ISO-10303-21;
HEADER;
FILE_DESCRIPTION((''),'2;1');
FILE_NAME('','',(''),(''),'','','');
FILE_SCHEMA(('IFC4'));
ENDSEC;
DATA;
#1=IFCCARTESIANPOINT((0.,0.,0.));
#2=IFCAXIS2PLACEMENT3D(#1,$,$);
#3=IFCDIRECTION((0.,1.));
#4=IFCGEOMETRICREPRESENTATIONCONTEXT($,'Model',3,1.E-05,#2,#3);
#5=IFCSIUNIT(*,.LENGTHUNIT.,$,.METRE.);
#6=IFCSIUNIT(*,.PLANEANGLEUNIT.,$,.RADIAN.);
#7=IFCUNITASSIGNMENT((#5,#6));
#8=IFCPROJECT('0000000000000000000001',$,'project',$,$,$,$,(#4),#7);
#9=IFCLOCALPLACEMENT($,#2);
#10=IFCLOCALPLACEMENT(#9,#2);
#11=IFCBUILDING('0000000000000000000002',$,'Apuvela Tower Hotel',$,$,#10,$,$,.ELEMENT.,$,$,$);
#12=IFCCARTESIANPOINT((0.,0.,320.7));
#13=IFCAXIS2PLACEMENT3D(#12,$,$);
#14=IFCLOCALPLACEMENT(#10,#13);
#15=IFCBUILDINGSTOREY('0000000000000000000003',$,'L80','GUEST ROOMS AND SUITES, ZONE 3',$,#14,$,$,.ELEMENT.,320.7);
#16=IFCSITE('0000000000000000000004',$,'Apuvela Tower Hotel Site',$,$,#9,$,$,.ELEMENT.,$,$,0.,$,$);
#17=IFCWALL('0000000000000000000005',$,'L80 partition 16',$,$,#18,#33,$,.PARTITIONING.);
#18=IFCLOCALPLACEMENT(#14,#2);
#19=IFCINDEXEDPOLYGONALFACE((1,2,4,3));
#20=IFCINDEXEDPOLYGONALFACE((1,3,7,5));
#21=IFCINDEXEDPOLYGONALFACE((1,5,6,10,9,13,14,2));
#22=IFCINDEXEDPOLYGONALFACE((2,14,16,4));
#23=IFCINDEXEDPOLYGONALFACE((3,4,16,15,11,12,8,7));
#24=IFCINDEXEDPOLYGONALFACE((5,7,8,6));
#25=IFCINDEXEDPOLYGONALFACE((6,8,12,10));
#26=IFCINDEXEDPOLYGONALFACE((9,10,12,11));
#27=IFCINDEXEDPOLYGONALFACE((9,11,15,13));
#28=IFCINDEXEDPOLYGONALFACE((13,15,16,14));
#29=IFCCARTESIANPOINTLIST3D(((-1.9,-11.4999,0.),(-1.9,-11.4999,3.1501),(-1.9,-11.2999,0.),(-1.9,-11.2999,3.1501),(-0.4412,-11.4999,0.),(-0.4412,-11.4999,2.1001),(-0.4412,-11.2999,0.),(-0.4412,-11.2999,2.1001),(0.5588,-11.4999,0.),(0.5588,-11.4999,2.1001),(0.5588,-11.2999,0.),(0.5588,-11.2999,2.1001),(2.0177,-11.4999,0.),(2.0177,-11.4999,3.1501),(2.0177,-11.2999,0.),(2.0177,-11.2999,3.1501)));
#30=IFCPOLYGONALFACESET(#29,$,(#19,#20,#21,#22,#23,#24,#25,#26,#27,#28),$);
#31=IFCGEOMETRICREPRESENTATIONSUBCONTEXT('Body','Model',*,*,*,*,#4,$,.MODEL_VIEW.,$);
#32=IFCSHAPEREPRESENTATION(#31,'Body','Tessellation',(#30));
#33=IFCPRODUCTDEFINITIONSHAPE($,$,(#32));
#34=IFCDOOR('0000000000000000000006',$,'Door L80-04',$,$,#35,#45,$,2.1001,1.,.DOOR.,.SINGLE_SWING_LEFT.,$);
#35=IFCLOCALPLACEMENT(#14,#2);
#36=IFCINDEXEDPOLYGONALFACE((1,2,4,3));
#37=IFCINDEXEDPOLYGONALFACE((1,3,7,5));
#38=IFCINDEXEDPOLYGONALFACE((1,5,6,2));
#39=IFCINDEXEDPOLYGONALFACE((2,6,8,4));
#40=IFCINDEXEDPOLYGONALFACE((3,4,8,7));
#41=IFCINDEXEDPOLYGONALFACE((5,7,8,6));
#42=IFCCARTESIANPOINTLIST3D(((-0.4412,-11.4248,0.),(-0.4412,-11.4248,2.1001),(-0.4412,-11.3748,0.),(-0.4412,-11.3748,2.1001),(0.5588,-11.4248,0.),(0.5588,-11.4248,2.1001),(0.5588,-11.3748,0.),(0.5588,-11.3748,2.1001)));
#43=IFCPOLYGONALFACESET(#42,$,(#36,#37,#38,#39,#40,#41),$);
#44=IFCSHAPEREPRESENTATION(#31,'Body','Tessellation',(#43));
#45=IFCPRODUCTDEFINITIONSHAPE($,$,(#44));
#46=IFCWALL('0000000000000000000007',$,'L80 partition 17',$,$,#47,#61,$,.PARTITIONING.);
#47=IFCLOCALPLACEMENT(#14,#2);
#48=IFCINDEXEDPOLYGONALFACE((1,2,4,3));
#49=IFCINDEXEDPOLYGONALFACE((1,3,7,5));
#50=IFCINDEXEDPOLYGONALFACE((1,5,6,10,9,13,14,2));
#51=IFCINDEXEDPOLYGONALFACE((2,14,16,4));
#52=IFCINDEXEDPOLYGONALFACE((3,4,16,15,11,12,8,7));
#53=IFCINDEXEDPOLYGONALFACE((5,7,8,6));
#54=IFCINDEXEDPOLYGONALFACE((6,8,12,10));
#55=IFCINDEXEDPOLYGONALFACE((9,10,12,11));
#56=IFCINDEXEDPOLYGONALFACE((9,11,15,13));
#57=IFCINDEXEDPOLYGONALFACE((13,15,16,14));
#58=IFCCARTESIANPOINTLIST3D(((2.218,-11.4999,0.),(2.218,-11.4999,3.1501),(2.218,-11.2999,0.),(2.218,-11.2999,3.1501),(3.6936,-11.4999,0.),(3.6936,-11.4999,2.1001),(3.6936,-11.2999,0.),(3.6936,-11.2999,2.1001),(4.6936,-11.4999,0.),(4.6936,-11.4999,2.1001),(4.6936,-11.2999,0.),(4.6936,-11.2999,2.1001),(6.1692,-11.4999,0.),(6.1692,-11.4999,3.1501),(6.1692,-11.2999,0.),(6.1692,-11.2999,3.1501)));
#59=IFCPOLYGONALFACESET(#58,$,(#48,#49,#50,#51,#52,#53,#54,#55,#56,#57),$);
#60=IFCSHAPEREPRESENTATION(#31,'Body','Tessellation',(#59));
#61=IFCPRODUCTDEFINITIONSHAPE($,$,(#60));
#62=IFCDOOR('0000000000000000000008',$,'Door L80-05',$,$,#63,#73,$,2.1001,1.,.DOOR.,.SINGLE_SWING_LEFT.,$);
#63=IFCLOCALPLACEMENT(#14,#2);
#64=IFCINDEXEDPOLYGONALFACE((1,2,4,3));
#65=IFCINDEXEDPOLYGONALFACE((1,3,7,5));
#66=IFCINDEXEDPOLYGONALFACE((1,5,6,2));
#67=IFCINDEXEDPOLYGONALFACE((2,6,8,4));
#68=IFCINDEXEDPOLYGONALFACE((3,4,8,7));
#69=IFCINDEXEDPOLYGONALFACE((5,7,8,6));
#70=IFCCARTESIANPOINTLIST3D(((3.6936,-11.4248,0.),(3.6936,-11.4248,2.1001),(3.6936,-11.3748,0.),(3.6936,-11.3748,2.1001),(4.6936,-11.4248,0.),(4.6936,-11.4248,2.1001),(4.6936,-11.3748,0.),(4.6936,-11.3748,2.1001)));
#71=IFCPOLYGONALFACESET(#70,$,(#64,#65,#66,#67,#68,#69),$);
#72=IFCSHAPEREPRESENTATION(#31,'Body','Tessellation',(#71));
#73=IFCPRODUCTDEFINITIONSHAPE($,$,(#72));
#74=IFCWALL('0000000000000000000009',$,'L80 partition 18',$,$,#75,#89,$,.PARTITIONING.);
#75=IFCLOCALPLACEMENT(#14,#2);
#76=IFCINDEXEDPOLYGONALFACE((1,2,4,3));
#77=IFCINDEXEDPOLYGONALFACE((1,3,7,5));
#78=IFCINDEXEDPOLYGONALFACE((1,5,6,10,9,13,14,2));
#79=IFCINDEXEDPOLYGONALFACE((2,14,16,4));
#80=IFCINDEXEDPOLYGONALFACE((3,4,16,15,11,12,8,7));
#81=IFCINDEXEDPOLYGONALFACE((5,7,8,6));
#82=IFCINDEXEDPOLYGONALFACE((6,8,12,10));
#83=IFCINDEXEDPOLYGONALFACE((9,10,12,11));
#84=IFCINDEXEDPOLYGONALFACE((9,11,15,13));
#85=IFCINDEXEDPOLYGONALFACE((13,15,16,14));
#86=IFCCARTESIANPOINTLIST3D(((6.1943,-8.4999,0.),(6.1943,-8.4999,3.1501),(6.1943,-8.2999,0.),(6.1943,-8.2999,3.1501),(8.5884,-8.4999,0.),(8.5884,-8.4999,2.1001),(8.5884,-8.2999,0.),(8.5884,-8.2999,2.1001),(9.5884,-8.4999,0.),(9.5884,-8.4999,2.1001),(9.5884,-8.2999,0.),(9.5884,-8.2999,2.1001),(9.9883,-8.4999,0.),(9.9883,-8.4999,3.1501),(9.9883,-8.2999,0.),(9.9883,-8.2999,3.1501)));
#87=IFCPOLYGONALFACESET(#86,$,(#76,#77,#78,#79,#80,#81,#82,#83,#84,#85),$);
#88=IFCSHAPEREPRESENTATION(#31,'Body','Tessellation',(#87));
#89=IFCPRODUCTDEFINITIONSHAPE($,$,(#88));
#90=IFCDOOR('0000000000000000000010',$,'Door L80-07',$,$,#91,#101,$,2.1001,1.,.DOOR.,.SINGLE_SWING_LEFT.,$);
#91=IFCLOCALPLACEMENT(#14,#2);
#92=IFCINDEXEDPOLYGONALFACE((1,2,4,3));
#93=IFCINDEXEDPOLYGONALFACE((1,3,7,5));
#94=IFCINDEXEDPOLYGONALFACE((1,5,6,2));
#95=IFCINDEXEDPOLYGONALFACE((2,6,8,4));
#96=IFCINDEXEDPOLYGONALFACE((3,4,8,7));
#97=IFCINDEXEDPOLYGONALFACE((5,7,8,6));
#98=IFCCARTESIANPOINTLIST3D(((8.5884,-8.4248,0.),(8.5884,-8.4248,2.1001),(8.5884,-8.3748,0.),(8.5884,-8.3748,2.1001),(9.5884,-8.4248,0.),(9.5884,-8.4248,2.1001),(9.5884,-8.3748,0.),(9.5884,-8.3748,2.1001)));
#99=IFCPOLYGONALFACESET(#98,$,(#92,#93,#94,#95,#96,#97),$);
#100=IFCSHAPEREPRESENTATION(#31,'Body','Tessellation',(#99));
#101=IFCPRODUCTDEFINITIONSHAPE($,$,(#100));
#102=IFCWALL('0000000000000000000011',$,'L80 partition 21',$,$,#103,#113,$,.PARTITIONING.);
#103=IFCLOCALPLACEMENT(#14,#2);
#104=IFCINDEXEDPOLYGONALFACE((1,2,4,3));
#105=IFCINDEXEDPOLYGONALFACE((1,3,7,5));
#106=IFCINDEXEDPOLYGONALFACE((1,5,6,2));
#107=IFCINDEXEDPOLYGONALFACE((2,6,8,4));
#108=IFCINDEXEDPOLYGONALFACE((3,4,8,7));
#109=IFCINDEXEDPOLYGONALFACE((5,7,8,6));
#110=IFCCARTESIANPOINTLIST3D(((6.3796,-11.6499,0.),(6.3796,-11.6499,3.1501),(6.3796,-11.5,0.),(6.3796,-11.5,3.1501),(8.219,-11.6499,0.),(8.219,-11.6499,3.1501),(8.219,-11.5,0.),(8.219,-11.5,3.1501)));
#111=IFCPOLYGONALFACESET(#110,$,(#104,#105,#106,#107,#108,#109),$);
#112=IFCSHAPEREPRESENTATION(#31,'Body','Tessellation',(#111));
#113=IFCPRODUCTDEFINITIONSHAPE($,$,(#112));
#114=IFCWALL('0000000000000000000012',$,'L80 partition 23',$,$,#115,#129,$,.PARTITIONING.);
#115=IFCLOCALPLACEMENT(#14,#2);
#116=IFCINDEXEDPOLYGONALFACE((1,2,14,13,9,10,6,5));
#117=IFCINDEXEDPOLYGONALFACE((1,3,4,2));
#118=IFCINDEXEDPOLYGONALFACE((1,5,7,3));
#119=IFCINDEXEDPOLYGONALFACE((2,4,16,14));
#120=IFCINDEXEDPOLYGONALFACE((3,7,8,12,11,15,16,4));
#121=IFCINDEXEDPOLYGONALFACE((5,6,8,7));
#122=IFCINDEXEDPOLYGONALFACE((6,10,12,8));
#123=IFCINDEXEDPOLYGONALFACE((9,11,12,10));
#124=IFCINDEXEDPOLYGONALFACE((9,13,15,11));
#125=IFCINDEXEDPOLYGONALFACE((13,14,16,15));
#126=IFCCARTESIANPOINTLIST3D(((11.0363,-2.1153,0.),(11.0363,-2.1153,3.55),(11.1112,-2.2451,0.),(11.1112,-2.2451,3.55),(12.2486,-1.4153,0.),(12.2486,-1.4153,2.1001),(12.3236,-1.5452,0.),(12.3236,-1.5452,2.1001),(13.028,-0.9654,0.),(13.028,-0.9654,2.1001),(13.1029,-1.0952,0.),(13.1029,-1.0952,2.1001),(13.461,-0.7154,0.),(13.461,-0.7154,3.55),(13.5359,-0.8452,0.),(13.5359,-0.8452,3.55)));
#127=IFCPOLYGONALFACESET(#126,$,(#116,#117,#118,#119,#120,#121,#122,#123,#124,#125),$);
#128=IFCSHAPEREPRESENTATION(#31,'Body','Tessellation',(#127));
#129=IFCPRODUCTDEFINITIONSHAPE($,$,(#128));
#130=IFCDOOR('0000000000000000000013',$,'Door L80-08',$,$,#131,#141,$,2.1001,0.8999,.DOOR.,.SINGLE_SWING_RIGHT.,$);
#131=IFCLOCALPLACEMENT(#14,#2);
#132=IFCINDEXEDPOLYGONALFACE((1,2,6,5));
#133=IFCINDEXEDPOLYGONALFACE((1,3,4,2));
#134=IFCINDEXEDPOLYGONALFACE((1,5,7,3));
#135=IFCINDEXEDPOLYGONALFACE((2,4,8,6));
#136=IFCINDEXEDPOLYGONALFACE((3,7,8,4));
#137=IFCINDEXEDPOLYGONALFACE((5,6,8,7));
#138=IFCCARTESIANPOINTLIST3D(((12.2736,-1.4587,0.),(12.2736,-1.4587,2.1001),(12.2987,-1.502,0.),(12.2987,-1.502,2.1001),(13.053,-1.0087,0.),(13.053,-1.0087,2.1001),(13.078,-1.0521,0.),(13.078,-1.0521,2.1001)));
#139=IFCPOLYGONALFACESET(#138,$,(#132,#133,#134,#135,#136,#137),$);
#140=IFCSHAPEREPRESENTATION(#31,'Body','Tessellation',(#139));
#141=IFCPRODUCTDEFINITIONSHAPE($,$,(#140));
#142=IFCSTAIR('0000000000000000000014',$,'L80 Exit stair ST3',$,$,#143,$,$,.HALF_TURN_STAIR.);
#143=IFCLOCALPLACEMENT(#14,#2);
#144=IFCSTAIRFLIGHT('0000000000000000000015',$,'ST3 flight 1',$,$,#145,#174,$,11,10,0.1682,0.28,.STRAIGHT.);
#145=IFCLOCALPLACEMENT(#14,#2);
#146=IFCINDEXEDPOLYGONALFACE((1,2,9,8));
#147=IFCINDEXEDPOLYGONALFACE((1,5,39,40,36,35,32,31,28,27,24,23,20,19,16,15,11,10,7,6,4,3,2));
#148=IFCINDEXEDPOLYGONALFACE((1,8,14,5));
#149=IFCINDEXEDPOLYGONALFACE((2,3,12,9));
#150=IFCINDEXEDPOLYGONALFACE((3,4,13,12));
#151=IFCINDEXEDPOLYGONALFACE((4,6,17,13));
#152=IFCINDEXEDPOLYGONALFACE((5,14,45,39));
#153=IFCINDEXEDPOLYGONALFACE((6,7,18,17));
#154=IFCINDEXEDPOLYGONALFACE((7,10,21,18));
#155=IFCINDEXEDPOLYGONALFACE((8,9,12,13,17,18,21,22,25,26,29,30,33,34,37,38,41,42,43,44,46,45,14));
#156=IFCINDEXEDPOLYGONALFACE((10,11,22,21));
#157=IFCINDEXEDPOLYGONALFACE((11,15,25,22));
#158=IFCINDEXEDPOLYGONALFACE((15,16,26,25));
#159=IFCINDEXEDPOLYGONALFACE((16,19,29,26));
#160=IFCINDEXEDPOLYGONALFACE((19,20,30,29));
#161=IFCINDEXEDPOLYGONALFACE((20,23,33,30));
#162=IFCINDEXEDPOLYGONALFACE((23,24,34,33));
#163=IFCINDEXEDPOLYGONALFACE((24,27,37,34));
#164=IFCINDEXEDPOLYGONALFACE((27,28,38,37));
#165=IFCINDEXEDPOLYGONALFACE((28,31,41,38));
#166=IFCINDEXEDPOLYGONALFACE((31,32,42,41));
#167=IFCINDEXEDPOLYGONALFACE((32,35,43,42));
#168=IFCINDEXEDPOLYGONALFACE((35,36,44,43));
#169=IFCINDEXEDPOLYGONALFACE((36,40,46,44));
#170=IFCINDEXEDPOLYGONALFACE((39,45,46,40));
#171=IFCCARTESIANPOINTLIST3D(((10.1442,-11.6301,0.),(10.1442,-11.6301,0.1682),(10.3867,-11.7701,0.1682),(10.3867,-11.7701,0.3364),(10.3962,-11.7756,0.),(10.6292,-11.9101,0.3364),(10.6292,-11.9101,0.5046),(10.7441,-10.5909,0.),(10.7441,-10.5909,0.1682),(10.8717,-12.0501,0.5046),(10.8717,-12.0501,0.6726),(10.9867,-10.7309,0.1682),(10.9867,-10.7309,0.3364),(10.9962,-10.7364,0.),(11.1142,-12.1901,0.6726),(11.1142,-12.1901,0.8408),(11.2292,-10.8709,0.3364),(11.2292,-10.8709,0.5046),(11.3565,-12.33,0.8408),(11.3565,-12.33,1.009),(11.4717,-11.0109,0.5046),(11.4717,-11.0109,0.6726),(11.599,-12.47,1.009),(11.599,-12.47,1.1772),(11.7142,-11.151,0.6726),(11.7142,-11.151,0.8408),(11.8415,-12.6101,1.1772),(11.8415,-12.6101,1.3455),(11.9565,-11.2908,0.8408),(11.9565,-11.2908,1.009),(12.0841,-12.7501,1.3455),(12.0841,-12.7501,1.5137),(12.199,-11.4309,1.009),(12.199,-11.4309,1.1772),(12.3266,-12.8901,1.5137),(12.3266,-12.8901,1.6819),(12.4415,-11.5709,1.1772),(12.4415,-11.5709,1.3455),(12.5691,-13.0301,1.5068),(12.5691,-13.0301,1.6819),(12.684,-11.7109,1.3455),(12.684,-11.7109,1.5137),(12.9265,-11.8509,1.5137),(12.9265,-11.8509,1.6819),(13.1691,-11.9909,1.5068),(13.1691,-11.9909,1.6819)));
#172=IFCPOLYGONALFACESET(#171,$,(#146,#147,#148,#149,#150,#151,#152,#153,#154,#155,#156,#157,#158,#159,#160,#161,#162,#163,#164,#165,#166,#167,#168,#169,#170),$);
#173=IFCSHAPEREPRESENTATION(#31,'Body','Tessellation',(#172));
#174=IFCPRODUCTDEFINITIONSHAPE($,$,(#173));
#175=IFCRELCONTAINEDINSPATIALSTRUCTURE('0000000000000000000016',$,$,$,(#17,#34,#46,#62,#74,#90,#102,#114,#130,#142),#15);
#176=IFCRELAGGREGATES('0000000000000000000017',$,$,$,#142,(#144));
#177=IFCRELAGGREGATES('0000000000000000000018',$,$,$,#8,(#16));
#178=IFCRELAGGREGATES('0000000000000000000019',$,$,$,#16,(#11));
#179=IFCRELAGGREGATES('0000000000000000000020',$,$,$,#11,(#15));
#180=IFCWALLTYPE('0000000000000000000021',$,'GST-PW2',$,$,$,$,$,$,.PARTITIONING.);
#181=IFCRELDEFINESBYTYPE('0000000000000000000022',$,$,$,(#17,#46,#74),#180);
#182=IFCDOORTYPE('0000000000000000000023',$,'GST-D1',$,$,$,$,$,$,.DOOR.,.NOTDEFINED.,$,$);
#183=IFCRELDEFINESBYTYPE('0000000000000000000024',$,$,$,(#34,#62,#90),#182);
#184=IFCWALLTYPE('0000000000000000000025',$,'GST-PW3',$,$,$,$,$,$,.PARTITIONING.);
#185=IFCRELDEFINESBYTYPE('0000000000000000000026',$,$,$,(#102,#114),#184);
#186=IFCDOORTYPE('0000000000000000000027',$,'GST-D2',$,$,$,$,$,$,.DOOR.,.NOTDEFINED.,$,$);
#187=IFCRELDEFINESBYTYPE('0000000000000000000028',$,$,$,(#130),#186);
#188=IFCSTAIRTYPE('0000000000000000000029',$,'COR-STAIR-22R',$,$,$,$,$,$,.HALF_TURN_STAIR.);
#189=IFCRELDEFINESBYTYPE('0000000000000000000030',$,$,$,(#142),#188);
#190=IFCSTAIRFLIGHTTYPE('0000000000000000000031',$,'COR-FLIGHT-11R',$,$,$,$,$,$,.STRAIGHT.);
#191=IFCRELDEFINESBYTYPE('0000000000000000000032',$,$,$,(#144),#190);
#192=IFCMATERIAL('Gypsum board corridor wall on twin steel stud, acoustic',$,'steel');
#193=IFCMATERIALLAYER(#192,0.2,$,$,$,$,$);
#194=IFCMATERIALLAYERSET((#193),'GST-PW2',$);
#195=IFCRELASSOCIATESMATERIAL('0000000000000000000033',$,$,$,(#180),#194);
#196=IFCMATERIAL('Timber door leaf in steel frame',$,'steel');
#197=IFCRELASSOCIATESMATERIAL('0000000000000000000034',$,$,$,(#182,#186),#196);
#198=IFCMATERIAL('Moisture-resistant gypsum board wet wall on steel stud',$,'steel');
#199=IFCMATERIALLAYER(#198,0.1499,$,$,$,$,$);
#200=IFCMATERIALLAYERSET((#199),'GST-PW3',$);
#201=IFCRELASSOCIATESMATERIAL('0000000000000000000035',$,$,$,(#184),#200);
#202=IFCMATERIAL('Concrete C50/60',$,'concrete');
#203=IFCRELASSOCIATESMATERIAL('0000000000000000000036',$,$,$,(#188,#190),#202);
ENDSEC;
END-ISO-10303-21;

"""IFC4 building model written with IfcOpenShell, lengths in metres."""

from ifc_helpers import new_model, si_unit, direction, frame, frame_2d, origin, place, context, subcontext, project, spatial, polyline, rectangle, outline, extrude, material, layer, layer_set, type_object, element, fill, aggregate, save


model = new_model("IFC4")

# Units and contexts
model_context = context("Model", 3, precision=1e-05, world=origin(), true_north=direction((0.0, 1.0)))
body_context = subcontext(model_context, "Body", "Model", "MODEL_VIEW")
ifc_project = project(units=[si_unit("LENGTHUNIT", "METRE"), si_unit("PLANEANGLEUNIT", "RADIAN")], contexts=[model_context])

# Site, building, storey
site_placement = place(None, origin())
site = spatial("IfcSite", under=ifc_project, at=site_placement, Name="Apuvela Tower Hotel Site", CompositionType="ELEMENT", RefElevation=0.0)
building_placement = place(site_placement, origin())
building = spatial("IfcBuilding", under=site, at=building_placement, Name="Apuvela Tower Hotel", CompositionType="ELEMENT")
storey_placement = place(building_placement, frame((0.0, 0.0, 320.7)))
storey = spatial("IfcBuildingStorey", under=building, at=storey_placement, Name="L80", Description="GUEST ROOMS AND SUITES, ZONE 3", CompositionType="ELEMENT", Elevation=320.7)

# Shared definitions
ifc_material_1 = material(Name="Concrete C50/60", Category="concrete")

# Walls, openings, doors
ifc_material_2 = material(Name="Gypsum board corridor wall on twin steel stud, acoustic", Category="steel")
ifc_layer_1 = layer(ifc_material_2, 0.2)
ifc_layer_set_1 = layer_set([ifc_layer_1], Name="GST-PW2")
wall_type_1 = type_object("IfcWallType", Name="GST-PW2", PredefinedType="PARTITIONING", material=ifc_layer_set_1)
wall_1_placement = place(storey_placement, frame((2.0178, -11.3999, 0.0), z_axis=(0.0, 0.0, 1.0), x_axis=(-1.0, 0.0, 0.0)))
wall_1 = element("IfcWall", 1, at=wall_1_placement, inside=storey, type_object=wall_type_1, Name="L80 partition 16", PredefinedType="PARTITIONING", context=body_context, shape_type="SweptSolid", body=[
    extrude(rectangle(XDim=3.9177, YDim=0.2, at=frame_2d((1.959, 0.0))), origin(), (0.0, 0.0, 1.0), 3.1501),
])
opening_1_placement = place(wall_1_placement, frame((1.459, 0.0, 0.0)))
opening_1 = element("IfcOpeningElement", 2, at=opening_1_placement, cuts=wall_1, PredefinedType="OPENING", context=body_context, shape_type="SweptSolid", body=[
    extrude(rectangle(XDim=1.0, YDim=2.1001, at=frame_2d((0.5, 1.05))), frame((0.0, 0.1099, 0.0), z_axis=(0.0, -1.0, 0.0), x_axis=(1.0, 0.0, 0.0)), (0.0, 0.0, 1.0), 0.22),
])
ifc_material_3 = material(Name="Timber door leaf in steel frame", Category="steel")
door_type_1 = type_object("IfcDoorType", Name="GST-D1", OperationType="NOTDEFINED", PredefinedType="DOOR", material=ifc_material_3)
door_1_placement = place(opening_1_placement, origin())
door_1 = element("IfcDoor", 3, at=door_1_placement, inside=storey, type_object=door_type_1, Name="Door L80-04", OperationType="SINGLE_SWING_LEFT", OverallHeight=2.1001, OverallWidth=1.0, PredefinedType="DOOR", context=body_context, shape_type="SweptSolid", body=[
    extrude(rectangle(XDim=1.0, YDim=2.1001, at=frame_2d((0.5, 1.05))), frame((0.0, 0.0249, 0.0), z_axis=(0.0, -1.0, 0.0), x_axis=(1.0, 0.0, 0.0)), (0.0, 0.0, 1.0), 0.05),
])
fill(opening_1, door_1)
wall_2_placement = place(storey_placement, frame((6.1692, -11.3999, 0.0), z_axis=(0.0, 0.0, 1.0), x_axis=(-1.0, 0.0, 0.0)))
wall_2 = element("IfcWall", 4, at=wall_2_placement, inside=storey, type_object=wall_type_1, Name="L80 partition 17", PredefinedType="PARTITIONING", context=body_context, shape_type="SweptSolid", body=[
    extrude(rectangle(XDim=3.9512, YDim=0.2, at=frame_2d((1.9756, 0.0))), origin(), (0.0, 0.0, 1.0), 3.1501),
])
opening_2_placement = place(wall_2_placement, frame((1.4756, 0.0, 0.0)))
opening_2 = element("IfcOpeningElement", 5, at=opening_2_placement, cuts=wall_2, PredefinedType="OPENING", context=body_context, shape_type="SweptSolid", body=[
    extrude(rectangle(XDim=1.0, YDim=2.1001, at=frame_2d((0.5, 1.05))), frame((0.0, 0.1099, 0.0), z_axis=(0.0, -1.0, 0.0), x_axis=(1.0, 0.0, 0.0)), (0.0, 0.0, 1.0), 0.22),
])
door_2_placement = place(opening_2_placement, origin())
door_2 = element("IfcDoor", 6, at=door_2_placement, inside=storey, type_object=door_type_1, Name="Door L80-05", OperationType="SINGLE_SWING_LEFT", OverallHeight=2.1001, OverallWidth=1.0, PredefinedType="DOOR", context=body_context, shape_type="SweptSolid", body=[
    extrude(rectangle(XDim=1.0, YDim=2.1001, at=frame_2d((0.5, 1.05))), frame((0.0, 0.0249, 0.0), z_axis=(0.0, -1.0, 0.0), x_axis=(1.0, 0.0, 0.0)), (0.0, 0.0, 1.0), 0.05),
])
fill(opening_2, door_2)
wall_3_placement = place(storey_placement, frame((9.9883, -8.3999, 0.0), z_axis=(0.0, 0.0, 1.0), x_axis=(-1.0, 0.0, 0.0)))
wall_3 = element("IfcWall", 7, at=wall_3_placement, inside=storey, type_object=wall_type_1, Name="L80 partition 18", PredefinedType="PARTITIONING", context=body_context, shape_type="SweptSolid", body=[
    extrude(rectangle(XDim=3.7939, YDim=0.2, at=frame_2d((1.897, 0.0))), origin(), (0.0, 0.0, 1.0), 3.1501),
])
opening_3_placement = place(wall_3_placement, frame((0.3999, 0.0, 0.0)))
opening_3 = element("IfcOpeningElement", 8, at=opening_3_placement, cuts=wall_3, PredefinedType="OPENING", context=body_context, shape_type="SweptSolid", body=[
    extrude(rectangle(XDim=1.0, YDim=2.1001, at=frame_2d((0.5, 1.05))), frame((0.0, 0.1099, 0.0), z_axis=(0.0, -1.0, 0.0), x_axis=(1.0, 0.0, 0.0)), (0.0, 0.0, 1.0), 0.22),
])
door_3_placement = place(opening_3_placement, origin())
door_3 = element("IfcDoor", 9, at=door_3_placement, inside=storey, type_object=door_type_1, Name="Door L80-07", OperationType="SINGLE_SWING_LEFT", OverallHeight=2.1001, OverallWidth=1.0, PredefinedType="DOOR", context=body_context, shape_type="SweptSolid", body=[
    extrude(rectangle(XDim=1.0, YDim=2.1001, at=frame_2d((0.5, 1.05))), frame((0.0, 0.0249, 0.0), z_axis=(0.0, -1.0, 0.0), x_axis=(1.0, 0.0, 0.0)), (0.0, 0.0, 1.0), 0.05),
])
fill(opening_3, door_3)

# Wall
ifc_material_4 = material(Name="Moisture-resistant gypsum board wet wall on steel stud", Category="steel")
ifc_layer_2 = layer(ifc_material_4, 0.1499)
ifc_layer_set_2 = layer_set([ifc_layer_2], Name="GST-PW3")
wall_type_2 = type_object("IfcWallType", Name="GST-PW3", PredefinedType="PARTITIONING", material=ifc_layer_set_2)
wall_4_placement = place(storey_placement, frame((6.3796, -11.575, 0.0), z_axis=(0.0, 0.0, 1.0), x_axis=(1.0, 0.0, 0.0)))
element("IfcWall", 10, at=wall_4_placement, inside=storey, type_object=wall_type_2, Name="L80 partition 21", PredefinedType="PARTITIONING", context=body_context, shape_type="SweptSolid", body=[
    extrude(rectangle(XDim=1.8394, YDim=0.1499, at=frame_2d((0.9197, 0.0))), origin(), (0.0, 0.0, 1.0), 3.1501),
])

# Wall, opening, door
wall_5_placement = place(storey_placement, frame((11.0737, -2.1802, 0.0), z_axis=(0.0, 0.0, 1.0), x_axis=(0.866035, 0.499984, 0.0)))
wall_5 = element("IfcWall", 11, at=wall_5_placement, inside=storey, type_object=wall_type_2, Name="L80 partition 23", PredefinedType="PARTITIONING", context=body_context, shape_type="SweptSolid", body=[
    extrude(rectangle(XDim=2.7998, YDim=0.1499, at=frame_2d((1.3999, 0.0))), origin(), (0.0, 0.0, 1.0), 3.55),
])
opening_4_placement = place(wall_5_placement, frame((1.3999, 0.0, 0.0)))
opening_4 = element("IfcOpeningElement", 12, at=opening_4_placement, cuts=wall_5, PredefinedType="OPENING", context=body_context, shape_type="SweptSolid", body=[
    extrude(rectangle(XDim=0.8999, YDim=2.1001, at=frame_2d((0.45, 1.05))), frame((0.0, 0.085, 0.0), z_axis=(0.0, -1.0, 0.0), x_axis=(1.0, 0.0, 0.0)), (0.0, 0.0, 1.0), 0.1699),
])
door_type_2 = type_object("IfcDoorType", Name="GST-D2", OperationType="NOTDEFINED", PredefinedType="DOOR", material=ifc_material_3)
door_4_placement = place(opening_4_placement, origin())
door_4 = element("IfcDoor", 13, at=door_4_placement, inside=storey, type_object=door_type_2, Name="Door L80-08", OperationType="SINGLE_SWING_RIGHT", OverallHeight=2.1001, OverallWidth=0.8999, PredefinedType="DOOR", context=body_context, shape_type="SweptSolid", body=[
    extrude(rectangle(XDim=0.8999, YDim=2.1001, at=frame_2d((0.45, 1.05))), frame((0.0, 0.0249, 0.0), z_axis=(0.0, -1.0, 0.0), x_axis=(1.0, 0.0, 0.0)), (0.0, 0.0, 1.0), 0.05),
])
fill(opening_4, door_4)

# Stair, stair flight
stair_type = type_object("IfcStairType", Name="COR-STAIR-22R", PredefinedType="HALF_TURN_STAIR", material=ifc_material_1)
stair_placement = place(storey_placement, origin())
stair = element("IfcStair", 14, at=stair_placement, inside=storey, type_object=stair_type, Name="L80 Exit stair ST3", PredefinedType="HALF_TURN_STAIR")
stair_flight_type = type_object("IfcStairFlightType", Name="COR-FLIGHT-11R", PredefinedType="STRAIGHT", material=ifc_material_1)
stair_flight_placement = place(storey_placement, frame((10.4441, -11.1106, 0.0), z_axis=(0.0, 0.0, 1.0), x_axis=(0.866025, -0.5, 0.0)))
stair_flight = element("IfcStairFlight", 15, at=stair_flight_placement, type_object=stair_flight_type, Name="ST3 flight 1", NumberOfRisers=11, NumberOfTreads=10, PredefinedType="STRAIGHT", RiserHeight=0.1682, TreadLength=0.28, context=body_context, shape_type="SweptSolid", body=[
    extrude(outline(polyline([(0.0, 0.0), (0.0, 0.1682), (0.28, 0.1682), (0.28, 0.3364), (0.5601, 0.3364), (0.5601, 0.5046), (0.8401, 0.5046), (0.8401, 0.6726), (1.1201, 0.6726), (1.1201, 0.8408), (1.3999, 0.8408), (1.3999, 1.009), (1.6799, 1.009), (1.6799, 1.1772), (1.96, 1.1772), (1.96, 1.3455), (2.24, 1.3455), (2.24, 1.5137), (2.52, 1.5137), (2.52, 1.6819), (2.8, 1.6819), (2.8, 1.8501), (2.8, 1.5068), (0.291, 0.0), (0.0, 0.0)])), frame((0.0, 0.6001, 0.0), z_axis=(0.0, -1.0, 0.0), x_axis=(1.0, 0.0, 0.0)), (0.0, 0.0, 1.0), 1.2),
])
aggregate(stair, [stair_flight])

save(model, "model.ifc")
